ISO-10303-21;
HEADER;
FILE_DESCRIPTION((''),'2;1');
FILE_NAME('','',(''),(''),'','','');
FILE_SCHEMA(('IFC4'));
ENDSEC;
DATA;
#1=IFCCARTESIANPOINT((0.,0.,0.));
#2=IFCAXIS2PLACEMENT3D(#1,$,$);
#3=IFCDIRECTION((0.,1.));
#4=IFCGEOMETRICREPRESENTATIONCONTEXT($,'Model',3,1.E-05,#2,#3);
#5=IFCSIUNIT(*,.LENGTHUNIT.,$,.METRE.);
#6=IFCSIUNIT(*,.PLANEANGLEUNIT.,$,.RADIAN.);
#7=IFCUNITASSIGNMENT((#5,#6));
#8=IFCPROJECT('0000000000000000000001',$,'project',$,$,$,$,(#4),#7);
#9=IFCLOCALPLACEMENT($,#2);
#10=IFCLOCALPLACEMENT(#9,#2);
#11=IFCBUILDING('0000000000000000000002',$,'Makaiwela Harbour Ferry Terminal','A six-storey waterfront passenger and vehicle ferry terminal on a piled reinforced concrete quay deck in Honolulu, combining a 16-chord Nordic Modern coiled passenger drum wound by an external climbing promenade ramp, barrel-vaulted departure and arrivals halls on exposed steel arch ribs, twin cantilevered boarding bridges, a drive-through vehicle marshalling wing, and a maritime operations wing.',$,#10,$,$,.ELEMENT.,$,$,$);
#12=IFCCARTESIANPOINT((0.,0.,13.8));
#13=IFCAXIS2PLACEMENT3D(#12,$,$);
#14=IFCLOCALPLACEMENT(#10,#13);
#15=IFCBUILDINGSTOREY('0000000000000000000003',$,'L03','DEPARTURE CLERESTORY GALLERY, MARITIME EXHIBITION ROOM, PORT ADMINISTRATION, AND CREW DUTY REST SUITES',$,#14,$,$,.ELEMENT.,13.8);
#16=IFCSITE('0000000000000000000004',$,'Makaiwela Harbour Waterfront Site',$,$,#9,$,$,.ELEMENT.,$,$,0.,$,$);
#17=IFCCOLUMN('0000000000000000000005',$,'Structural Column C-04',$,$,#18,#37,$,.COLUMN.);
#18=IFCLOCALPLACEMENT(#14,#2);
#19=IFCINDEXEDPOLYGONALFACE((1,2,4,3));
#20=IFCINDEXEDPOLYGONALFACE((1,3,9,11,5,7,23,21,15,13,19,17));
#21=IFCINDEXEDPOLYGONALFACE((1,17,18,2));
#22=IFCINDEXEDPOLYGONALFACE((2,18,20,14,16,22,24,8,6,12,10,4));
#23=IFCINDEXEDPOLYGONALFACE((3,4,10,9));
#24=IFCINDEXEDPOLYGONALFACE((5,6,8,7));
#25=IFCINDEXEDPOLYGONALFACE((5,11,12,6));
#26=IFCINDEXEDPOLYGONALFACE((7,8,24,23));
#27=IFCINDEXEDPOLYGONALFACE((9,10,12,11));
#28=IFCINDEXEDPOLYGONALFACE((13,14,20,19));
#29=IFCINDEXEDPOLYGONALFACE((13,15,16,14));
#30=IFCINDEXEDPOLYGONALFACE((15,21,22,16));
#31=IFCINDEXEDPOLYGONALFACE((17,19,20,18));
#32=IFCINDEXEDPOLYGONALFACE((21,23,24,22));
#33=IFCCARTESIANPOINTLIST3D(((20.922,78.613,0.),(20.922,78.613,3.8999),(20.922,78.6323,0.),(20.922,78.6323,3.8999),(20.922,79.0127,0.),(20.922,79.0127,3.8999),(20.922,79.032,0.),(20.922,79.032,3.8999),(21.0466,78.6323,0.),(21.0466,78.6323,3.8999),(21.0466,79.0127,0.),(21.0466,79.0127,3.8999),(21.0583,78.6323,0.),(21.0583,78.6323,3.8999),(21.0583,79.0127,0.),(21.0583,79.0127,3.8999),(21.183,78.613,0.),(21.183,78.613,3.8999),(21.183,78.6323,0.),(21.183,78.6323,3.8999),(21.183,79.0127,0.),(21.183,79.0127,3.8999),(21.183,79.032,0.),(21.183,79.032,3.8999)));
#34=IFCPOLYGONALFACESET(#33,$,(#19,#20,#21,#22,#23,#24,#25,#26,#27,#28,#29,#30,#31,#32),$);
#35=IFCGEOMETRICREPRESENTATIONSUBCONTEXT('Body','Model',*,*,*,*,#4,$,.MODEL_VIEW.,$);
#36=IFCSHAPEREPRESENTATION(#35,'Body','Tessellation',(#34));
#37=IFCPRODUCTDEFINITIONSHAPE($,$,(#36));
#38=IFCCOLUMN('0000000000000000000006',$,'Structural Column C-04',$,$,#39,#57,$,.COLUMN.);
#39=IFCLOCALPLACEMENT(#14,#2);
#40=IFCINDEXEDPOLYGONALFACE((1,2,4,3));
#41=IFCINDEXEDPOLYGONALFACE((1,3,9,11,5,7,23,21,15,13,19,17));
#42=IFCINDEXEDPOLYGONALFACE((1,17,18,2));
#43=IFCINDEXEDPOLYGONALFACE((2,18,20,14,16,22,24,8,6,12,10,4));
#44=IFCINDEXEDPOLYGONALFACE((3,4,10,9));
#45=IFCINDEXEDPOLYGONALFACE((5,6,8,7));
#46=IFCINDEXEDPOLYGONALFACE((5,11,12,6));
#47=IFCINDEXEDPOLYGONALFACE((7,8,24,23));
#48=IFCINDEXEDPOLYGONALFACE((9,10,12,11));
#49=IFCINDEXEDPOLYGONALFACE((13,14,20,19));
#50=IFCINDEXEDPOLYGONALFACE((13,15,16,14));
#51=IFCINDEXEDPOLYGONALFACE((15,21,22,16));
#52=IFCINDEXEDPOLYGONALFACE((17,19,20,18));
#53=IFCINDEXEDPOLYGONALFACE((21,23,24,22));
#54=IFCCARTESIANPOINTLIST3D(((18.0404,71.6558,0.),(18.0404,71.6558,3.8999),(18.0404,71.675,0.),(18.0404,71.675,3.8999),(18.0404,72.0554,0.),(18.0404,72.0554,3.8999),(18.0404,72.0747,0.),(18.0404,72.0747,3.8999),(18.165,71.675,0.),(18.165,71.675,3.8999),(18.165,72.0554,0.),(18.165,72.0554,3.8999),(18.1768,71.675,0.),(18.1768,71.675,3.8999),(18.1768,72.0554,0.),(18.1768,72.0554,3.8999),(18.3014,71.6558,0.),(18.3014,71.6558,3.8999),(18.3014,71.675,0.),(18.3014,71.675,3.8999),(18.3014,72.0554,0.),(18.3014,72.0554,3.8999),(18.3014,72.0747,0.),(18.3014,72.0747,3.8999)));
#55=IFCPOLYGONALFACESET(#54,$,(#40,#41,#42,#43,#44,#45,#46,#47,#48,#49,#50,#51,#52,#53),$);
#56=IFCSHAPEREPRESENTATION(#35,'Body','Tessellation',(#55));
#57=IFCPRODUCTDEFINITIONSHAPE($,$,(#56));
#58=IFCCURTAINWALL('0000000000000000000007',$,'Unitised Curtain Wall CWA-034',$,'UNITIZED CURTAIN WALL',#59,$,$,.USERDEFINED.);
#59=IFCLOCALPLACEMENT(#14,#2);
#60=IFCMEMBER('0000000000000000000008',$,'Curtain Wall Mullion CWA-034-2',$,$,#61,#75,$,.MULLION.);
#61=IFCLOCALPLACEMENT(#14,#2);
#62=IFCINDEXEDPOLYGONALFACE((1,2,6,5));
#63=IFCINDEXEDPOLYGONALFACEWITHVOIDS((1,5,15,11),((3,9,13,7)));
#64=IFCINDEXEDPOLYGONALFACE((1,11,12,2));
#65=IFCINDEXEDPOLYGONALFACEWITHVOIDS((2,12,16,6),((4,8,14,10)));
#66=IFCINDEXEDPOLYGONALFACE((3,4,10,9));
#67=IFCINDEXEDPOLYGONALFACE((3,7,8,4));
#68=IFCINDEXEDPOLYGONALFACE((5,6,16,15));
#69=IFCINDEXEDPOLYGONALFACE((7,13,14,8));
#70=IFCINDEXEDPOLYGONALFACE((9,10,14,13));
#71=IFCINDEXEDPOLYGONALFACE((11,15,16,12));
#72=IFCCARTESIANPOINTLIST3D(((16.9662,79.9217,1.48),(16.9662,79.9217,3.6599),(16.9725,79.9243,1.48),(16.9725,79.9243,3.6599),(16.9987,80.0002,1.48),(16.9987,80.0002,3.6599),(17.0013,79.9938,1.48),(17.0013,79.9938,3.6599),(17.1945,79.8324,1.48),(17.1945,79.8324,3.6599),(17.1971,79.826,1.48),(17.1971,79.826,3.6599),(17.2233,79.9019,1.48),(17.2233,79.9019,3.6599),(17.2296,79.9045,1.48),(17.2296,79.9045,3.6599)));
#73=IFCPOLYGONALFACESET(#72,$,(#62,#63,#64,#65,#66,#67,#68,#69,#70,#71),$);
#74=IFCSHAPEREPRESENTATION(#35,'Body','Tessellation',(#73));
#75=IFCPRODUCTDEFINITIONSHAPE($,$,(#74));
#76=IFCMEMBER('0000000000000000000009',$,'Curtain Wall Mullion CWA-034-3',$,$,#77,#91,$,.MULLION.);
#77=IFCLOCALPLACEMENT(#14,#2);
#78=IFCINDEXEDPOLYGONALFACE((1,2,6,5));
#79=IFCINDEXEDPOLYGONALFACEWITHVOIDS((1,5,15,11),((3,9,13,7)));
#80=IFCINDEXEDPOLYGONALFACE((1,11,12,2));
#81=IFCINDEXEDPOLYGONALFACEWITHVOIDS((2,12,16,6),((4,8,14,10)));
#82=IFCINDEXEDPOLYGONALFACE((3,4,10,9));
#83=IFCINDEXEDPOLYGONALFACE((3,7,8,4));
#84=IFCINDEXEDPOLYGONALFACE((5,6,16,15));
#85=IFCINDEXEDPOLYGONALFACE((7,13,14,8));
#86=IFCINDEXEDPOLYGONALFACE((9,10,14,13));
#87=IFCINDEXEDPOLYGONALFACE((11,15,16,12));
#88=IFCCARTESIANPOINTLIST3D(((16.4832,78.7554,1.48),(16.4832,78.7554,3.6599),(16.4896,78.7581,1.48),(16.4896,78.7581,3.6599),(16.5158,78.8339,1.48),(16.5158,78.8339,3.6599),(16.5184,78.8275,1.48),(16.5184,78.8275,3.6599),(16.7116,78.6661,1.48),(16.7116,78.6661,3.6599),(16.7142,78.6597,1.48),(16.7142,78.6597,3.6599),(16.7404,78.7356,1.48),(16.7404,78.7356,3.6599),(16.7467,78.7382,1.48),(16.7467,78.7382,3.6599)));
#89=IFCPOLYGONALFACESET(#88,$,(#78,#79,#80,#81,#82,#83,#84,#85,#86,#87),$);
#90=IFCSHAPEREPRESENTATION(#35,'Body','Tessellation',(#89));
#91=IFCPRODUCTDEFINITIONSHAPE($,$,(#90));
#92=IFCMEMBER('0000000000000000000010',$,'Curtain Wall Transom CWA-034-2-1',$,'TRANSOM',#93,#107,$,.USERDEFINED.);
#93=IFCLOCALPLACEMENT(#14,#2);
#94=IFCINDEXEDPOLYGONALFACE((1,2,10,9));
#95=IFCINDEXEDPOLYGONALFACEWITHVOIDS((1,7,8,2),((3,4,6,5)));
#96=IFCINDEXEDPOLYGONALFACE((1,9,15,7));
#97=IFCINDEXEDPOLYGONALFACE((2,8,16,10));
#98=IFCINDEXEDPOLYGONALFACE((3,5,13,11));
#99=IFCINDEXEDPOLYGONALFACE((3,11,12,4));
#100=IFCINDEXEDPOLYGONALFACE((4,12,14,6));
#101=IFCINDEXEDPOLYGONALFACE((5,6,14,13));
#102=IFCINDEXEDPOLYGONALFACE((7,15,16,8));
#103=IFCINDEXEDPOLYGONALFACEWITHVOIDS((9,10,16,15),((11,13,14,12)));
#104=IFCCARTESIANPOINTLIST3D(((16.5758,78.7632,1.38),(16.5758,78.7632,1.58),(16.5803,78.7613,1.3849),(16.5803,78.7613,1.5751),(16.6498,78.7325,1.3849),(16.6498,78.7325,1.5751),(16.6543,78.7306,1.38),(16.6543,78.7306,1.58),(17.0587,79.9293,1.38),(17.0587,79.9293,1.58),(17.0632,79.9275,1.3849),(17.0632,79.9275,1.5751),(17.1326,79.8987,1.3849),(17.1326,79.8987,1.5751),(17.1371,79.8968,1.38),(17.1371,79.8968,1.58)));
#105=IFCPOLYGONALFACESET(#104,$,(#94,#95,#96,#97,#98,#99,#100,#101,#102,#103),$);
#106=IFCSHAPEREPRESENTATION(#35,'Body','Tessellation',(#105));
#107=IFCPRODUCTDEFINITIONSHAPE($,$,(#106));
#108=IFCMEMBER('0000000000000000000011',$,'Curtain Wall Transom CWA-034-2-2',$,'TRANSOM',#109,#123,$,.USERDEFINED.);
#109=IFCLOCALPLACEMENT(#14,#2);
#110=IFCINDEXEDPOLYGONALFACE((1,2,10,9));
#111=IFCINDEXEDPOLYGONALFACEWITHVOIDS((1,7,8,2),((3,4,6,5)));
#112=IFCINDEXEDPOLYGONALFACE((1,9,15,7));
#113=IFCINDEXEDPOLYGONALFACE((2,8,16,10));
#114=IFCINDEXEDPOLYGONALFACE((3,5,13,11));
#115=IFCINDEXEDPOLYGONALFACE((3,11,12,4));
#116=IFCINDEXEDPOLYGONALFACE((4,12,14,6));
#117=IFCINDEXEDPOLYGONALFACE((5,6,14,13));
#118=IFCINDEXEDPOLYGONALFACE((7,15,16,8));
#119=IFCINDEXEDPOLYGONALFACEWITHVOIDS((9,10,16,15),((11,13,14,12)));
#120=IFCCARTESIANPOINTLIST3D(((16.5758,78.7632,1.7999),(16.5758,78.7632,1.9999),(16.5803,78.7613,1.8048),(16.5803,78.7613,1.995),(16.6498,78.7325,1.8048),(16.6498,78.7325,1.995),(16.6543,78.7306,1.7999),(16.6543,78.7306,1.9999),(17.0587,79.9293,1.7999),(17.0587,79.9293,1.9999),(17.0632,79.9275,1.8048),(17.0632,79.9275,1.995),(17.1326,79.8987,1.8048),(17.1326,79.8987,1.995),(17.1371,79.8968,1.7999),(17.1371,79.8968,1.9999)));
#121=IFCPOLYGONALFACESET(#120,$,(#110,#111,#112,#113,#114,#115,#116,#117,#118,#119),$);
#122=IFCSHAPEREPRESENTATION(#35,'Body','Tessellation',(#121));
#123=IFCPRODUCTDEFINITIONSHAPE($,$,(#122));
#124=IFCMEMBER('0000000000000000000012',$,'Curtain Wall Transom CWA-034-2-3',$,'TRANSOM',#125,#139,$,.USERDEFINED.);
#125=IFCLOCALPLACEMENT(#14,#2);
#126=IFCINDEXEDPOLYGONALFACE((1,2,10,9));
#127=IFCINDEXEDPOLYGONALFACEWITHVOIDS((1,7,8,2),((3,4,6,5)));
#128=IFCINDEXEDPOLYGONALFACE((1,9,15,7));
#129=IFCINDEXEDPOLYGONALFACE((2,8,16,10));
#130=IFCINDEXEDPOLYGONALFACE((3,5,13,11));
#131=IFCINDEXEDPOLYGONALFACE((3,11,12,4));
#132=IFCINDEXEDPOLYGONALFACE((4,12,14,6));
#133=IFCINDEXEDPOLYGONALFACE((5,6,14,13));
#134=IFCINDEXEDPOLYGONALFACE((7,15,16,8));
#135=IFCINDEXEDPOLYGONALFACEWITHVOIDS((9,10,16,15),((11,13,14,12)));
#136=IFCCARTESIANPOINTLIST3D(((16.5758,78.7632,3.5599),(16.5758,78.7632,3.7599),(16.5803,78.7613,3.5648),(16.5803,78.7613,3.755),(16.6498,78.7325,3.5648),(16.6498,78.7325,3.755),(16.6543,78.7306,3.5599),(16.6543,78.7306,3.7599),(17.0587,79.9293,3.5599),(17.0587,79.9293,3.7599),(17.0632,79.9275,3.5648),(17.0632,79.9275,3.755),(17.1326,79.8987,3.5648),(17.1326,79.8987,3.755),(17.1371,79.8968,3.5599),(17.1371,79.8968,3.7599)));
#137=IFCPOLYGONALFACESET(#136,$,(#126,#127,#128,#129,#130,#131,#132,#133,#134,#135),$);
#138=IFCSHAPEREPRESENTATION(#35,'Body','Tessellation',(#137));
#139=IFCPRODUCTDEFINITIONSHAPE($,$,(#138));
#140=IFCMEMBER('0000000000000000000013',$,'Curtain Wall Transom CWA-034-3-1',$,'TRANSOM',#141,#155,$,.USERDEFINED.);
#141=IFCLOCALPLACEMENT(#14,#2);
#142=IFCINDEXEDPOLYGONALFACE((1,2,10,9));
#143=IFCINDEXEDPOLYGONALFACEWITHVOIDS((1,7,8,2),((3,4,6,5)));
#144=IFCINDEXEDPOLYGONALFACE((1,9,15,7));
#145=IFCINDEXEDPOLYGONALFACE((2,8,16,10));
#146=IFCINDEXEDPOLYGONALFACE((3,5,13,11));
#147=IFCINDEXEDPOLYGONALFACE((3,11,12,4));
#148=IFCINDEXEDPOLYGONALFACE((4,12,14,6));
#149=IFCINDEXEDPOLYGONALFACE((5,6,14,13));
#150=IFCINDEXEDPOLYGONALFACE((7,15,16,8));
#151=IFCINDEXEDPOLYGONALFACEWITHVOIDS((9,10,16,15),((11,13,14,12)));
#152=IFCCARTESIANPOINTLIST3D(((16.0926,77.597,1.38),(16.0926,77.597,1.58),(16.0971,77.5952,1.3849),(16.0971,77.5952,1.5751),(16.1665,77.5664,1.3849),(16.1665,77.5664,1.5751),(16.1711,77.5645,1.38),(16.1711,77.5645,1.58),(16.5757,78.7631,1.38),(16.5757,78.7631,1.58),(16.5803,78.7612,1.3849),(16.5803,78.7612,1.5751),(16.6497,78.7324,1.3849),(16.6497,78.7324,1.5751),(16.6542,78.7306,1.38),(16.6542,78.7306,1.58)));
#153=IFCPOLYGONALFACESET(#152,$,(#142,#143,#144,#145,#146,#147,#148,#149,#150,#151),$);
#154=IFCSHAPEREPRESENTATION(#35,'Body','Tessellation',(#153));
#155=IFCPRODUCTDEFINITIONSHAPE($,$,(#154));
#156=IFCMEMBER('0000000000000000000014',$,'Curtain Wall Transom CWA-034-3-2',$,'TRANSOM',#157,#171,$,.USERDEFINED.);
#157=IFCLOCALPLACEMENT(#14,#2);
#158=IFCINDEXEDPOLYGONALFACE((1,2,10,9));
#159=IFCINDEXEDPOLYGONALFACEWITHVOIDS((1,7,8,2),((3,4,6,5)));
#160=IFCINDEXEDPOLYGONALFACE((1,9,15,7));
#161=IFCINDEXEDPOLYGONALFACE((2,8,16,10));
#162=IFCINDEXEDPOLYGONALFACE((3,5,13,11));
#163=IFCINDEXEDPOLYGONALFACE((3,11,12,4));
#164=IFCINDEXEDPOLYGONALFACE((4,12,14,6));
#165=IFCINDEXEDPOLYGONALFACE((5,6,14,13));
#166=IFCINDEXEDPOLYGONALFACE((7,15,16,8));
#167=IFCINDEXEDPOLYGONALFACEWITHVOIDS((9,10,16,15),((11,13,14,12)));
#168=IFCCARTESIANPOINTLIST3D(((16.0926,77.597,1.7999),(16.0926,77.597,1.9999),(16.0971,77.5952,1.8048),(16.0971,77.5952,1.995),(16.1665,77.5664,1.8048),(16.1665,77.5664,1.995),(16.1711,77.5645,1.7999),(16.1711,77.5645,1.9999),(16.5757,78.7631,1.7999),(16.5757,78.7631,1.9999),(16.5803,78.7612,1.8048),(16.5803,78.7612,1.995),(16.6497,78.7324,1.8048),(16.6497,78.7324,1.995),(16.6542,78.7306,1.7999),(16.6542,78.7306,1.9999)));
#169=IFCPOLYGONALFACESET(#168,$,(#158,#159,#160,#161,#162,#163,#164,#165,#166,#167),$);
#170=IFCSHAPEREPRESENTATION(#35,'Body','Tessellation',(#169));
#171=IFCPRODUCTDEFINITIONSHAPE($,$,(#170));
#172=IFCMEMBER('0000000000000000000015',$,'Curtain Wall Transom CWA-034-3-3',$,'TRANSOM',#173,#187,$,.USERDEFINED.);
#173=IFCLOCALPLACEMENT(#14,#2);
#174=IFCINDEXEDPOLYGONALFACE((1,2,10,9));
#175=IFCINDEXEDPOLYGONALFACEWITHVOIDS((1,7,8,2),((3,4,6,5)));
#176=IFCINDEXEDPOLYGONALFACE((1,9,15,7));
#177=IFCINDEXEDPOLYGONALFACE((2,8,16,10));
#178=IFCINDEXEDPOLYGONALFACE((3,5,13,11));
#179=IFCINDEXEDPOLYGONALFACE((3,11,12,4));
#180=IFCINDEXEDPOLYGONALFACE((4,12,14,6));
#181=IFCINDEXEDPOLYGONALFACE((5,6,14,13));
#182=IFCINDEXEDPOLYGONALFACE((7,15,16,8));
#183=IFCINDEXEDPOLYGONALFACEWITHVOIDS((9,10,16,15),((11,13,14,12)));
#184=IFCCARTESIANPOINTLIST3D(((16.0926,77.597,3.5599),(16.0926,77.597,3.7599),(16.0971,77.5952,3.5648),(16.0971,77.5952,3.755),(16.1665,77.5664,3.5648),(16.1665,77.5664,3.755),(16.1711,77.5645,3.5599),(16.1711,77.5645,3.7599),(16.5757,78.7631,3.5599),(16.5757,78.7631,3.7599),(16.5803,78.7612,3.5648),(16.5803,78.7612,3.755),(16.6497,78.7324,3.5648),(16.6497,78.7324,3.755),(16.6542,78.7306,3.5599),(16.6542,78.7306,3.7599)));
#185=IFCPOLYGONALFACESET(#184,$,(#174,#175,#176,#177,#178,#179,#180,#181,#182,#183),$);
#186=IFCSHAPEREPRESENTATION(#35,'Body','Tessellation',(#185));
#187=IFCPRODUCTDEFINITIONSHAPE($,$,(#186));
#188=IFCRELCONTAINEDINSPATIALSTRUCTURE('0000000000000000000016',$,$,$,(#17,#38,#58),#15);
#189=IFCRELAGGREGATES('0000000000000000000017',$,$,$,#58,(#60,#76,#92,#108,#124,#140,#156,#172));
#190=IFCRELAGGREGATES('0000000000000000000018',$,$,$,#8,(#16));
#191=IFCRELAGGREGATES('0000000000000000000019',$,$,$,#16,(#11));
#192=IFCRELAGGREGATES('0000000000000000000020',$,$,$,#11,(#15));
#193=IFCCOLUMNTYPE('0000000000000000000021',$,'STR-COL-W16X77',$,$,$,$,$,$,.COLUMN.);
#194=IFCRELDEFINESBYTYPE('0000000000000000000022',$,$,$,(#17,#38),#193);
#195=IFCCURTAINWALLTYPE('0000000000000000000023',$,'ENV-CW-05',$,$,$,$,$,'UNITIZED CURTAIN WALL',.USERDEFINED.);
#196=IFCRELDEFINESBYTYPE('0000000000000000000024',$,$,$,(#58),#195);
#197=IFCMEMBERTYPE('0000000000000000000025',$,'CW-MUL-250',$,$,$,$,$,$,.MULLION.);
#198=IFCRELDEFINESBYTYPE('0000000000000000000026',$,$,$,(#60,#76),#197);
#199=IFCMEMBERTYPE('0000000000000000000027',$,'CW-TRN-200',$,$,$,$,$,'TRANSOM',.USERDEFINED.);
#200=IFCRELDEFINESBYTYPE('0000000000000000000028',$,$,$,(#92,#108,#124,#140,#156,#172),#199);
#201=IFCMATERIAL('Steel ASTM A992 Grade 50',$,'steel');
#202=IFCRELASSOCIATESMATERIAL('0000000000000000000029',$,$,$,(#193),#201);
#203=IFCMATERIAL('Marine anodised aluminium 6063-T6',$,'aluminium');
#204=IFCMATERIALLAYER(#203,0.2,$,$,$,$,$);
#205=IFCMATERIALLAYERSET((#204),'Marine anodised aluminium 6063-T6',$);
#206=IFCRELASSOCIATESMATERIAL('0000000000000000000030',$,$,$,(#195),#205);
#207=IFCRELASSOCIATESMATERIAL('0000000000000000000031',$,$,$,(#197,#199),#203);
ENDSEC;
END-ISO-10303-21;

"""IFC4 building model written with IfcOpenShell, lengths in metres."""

from ifc_helpers import new_model, si_unit, direction, frame, origin, origin_2d, place, context, subcontext, project, spatial, hollow_rectangle, i_section, extrude, material, layer, layer_set, material_profile, profile_set, type_object, element, aggregate, save


model = new_model("IFC4")

# Units and contexts
model_context = context("Model", 3, precision=1e-05, world=origin(), true_north=direction((0.0, 1.0)))
body_context = subcontext(model_context, "Body", "Model", "MODEL_VIEW")
ifc_project = project(units=[si_unit("LENGTHUNIT", "METRE"), si_unit("PLANEANGLEUNIT", "RADIAN")], contexts=[model_context])

# Site, building, storey
site_placement = place(None, origin())
site = spatial("IfcSite", under=ifc_project, at=site_placement, Name="Makaiwela Harbour Waterfront Site", CompositionType="ELEMENT", RefElevation=0.0)
building_placement = place(site_placement, origin())
building = spatial("IfcBuilding", under=site, at=building_placement, Name="Makaiwela Harbour Ferry Terminal", Description="A six-storey waterfront passenger and vehicle ferry terminal on a piled reinforced concrete quay deck in Honolulu, combining a 16-chord Nordic Modern coiled passenger drum wound by an external climbing promenade ramp, barrel-vaulted departure and arrivals halls on exposed steel arch ribs, twin cantilevered boarding bridges, a drive-through vehicle marshalling wing, and a maritime operations wing.", CompositionType="ELEMENT")
storey_placement = place(building_placement, frame((0.0, 0.0, 13.8)))
storey = spatial("IfcBuildingStorey", under=building, at=storey_placement, Name="L03", Description="DEPARTURE CLERESTORY GALLERY, MARITIME EXHIBITION ROOM, PORT ADMINISTRATION, AND CREW DUTY REST SUITES", CompositionType="ELEMENT", Elevation=13.8)

# Columns
ifc_material_1 = material(Name="Steel ASTM A992 Grade 50", Category="steel")
ifc_material_profile_1 = material_profile(ifc_material_1, i_section(OverallWidth=0.261, OverallDepth=0.4189, WebThickness=0.0117, FlangeThickness=0.0193, at=origin_2d()), Name="W16X77")
ifc_profile_set_1 = profile_set([ifc_material_profile_1], Name="Steel ASTM A992 Grade 50")
column_type = type_object("IfcColumnType", Name="STR-COL-W16X77", PredefinedType="COLUMN", material=ifc_profile_set_1)
for number, where, z_axis, x_axis, name in (
    (1, (21.0525, 78.8225, 0.0), (0.0, 0.0, 1.0), (1.0, 0.0, 0.0), "Structural Column C-04"),
    (2, (18.1709, 71.8652, 0.0), (0.0, 0.0, 1.0), (1.0, 0.0, 0.0), "Structural Column C-04"),
):
    element("IfcColumn", number, at=place(storey_placement, frame(where, z_axis=z_axis, x_axis=x_axis)), inside=storey, type_object=column_type, Name=name, PredefinedType="COLUMN", context=body_context, shape_type="SweptSolid", body=[
        extrude(i_section(OverallWidth=0.261, OverallDepth=0.4189, WebThickness=0.0117, FlangeThickness=0.0193, at=origin_2d()), origin(), (0.0, 0.0, 1.0), 3.8999),
    ])

# Curtain wall, members
ifc_material_2 = material(Name="Marine anodised aluminium 6063-T6", Category="aluminium")
ifc_layer_1 = layer(ifc_material_2, 0.2)
ifc_layer_set_1 = layer_set([ifc_layer_1], Name="Marine anodised aluminium 6063-T6")
curtain_wall_type = type_object("IfcCurtainWallType", Name="ENV-CW-05", ElementType="UNITIZED CURTAIN WALL", PredefinedType="USERDEFINED", material=ifc_layer_set_1)
curtain_wall_placement = place(storey_placement, origin())
curtain_wall = element("IfcCurtainWall", 3, at=curtain_wall_placement, inside=storey, type_object=curtain_wall_type, Name="Unitised Curtain Wall CWA-034", ObjectType="UNITIZED CURTAIN WALL", PredefinedType="USERDEFINED")
ifc_material_profile_2 = material_profile(ifc_material_2, hollow_rectangle(XDim=0.085, YDim=0.25, WallThickness=0.0049, at=origin_2d()), Name="CWM-250X85")
ifc_profile_set_2 = profile_set([ifc_material_profile_2], Name="Marine anodised aluminium 6063-T6")
member_type_1 = type_object("IfcMemberType", Name="CW-MUL-250", PredefinedType="MULLION", material=ifc_profile_set_2)
member_1_placement = place(storey_placement, frame((17.0979, 79.9131, 1.48), z_axis=(0.0, 0.0, 1.0), x_axis=(0.382683, 0.92388, 0.0)))
member_1 = element("IfcMember", 4, at=member_1_placement, type_object=member_type_1, Name="Curtain Wall Mullion CWA-034-2", PredefinedType="MULLION", context=body_context, shape_type="SweptSolid", body=[
    extrude(hollow_rectangle(XDim=0.085, YDim=0.25, WallThickness=0.0049, at=origin_2d()), origin(), (0.0, 0.0, 1.0), 2.1799),
])
member_2_placement = place(storey_placement, frame((16.615, 78.7468, 1.48), z_axis=(0.0, 0.0, 1.0), x_axis=(0.382683, 0.92388, 0.0)))
member_2 = element("IfcMember", 5, at=member_2_placement, type_object=member_type_1, Name="Curtain Wall Mullion CWA-034-3", PredefinedType="MULLION", context=body_context, shape_type="SweptSolid", body=[
    extrude(hollow_rectangle(XDim=0.085, YDim=0.25, WallThickness=0.0049, at=origin_2d()), origin(), (0.0, 0.0, 1.0), 2.1799),
])
ifc_material_profile_3 = material_profile(ifc_material_2, hollow_rectangle(XDim=0.085, YDim=0.2, WallThickness=0.0049, at=origin_2d()), Name="CWT-200X85")
ifc_profile_set_3 = profile_set([ifc_material_profile_3], Name="Marine anodised aluminium 6063-T6")
member_type_2 = type_object("IfcMemberType", Name="CW-TRN-200", ElementType="TRANSOM", PredefinedType="USERDEFINED", material=ifc_profile_set_3)
member_3_placement = place(storey_placement, frame((17.0979, 79.9131, 1.48), z_axis=(-0.382568, -0.923927, 0.0), x_axis=(0.923927, -0.382568, 0.0)))
member_3 = element("IfcMember", 6, at=member_3_placement, type_object=member_type_2, Name="Curtain Wall Transom CWA-034-2-1", ObjectType="TRANSOM", PredefinedType="USERDEFINED", context=body_context, shape_type="SweptSolid", body=[
    extrude(hollow_rectangle(XDim=0.085, YDim=0.2, WallThickness=0.0049, at=origin_2d()), origin(), (0.0, 0.0, 1.0), 1.2622),
])
member_4_placement = place(storey_placement, frame((17.0979, 79.9131, 1.8999), z_axis=(-0.382568, -0.923927, 0.0), x_axis=(0.923927, -0.382568, 0.0)))
member_4 = element("IfcMember", 7, at=member_4_placement, type_object=member_type_2, Name="Curtain Wall Transom CWA-034-2-2", ObjectType="TRANSOM", PredefinedType="USERDEFINED", context=body_context, shape_type="SweptSolid", body=[
    extrude(hollow_rectangle(XDim=0.085, YDim=0.2, WallThickness=0.0049, at=origin_2d()), origin(), (0.0, 0.0, 1.0), 1.2622),
])
member_5_placement = place(storey_placement, frame((17.0979, 79.9131, 3.6599), z_axis=(-0.382568, -0.923927, 0.0), x_axis=(0.923927, -0.382568, 0.0)))
member_5 = element("IfcMember", 8, at=member_5_placement, type_object=member_type_2, Name="Curtain Wall Transom CWA-034-2-3", ObjectType="TRANSOM", PredefinedType="USERDEFINED", context=body_context, shape_type="SweptSolid", body=[
    extrude(hollow_rectangle(XDim=0.085, YDim=0.2, WallThickness=0.0049, at=origin_2d()), origin(), (0.0, 0.0, 1.0), 1.2622),
])
member_6_placement = place(storey_placement, frame((16.615, 78.7468, 1.48), z_axis=(-0.382802, -0.923831, 0.0), x_axis=(0.923831, -0.382802, 0.0)))
member_6 = element("IfcMember", 9, at=member_6_placement, type_object=member_type_2, Name="Curtain Wall Transom CWA-034-3-1", ObjectType="TRANSOM", PredefinedType="USERDEFINED", context=body_context, shape_type="SweptSolid", body=[
    extrude(hollow_rectangle(XDim=0.085, YDim=0.2, WallThickness=0.0049, at=origin_2d()), origin(), (0.0, 0.0, 1.0), 1.2622),
])
member_7_placement = place(storey_placement, frame((16.615, 78.7468, 1.8999), z_axis=(-0.382802, -0.923831, 0.0), x_axis=(0.923831, -0.382802, 0.0)))
member_7 = element("IfcMember", 10, at=member_7_placement, type_object=member_type_2, Name="Curtain Wall Transom CWA-034-3-2", ObjectType="TRANSOM", PredefinedType="USERDEFINED", context=body_context, shape_type="SweptSolid", body=[
    extrude(hollow_rectangle(XDim=0.085, YDim=0.2, WallThickness=0.0049, at=origin_2d()), origin(), (0.0, 0.0, 1.0), 1.2622),
])
member_8_placement = place(storey_placement, frame((16.615, 78.7468, 3.6599), z_axis=(-0.382802, -0.923831, 0.0), x_axis=(0.923831, -0.382802, 0.0)))
member_8 = element("IfcMember", 11, at=member_8_placement, type_object=member_type_2, Name="Curtain Wall Transom CWA-034-3-3", ObjectType="TRANSOM", PredefinedType="USERDEFINED", context=body_context, shape_type="SweptSolid", body=[
    extrude(hollow_rectangle(XDim=0.085, YDim=0.2, WallThickness=0.0049, at=origin_2d()), origin(), (0.0, 0.0, 1.0), 1.2622),
])

aggregate(curtain_wall, [member_1, member_2, member_3, member_4, member_5, member_6, member_7, member_8])

save(model, "model.ifc")
